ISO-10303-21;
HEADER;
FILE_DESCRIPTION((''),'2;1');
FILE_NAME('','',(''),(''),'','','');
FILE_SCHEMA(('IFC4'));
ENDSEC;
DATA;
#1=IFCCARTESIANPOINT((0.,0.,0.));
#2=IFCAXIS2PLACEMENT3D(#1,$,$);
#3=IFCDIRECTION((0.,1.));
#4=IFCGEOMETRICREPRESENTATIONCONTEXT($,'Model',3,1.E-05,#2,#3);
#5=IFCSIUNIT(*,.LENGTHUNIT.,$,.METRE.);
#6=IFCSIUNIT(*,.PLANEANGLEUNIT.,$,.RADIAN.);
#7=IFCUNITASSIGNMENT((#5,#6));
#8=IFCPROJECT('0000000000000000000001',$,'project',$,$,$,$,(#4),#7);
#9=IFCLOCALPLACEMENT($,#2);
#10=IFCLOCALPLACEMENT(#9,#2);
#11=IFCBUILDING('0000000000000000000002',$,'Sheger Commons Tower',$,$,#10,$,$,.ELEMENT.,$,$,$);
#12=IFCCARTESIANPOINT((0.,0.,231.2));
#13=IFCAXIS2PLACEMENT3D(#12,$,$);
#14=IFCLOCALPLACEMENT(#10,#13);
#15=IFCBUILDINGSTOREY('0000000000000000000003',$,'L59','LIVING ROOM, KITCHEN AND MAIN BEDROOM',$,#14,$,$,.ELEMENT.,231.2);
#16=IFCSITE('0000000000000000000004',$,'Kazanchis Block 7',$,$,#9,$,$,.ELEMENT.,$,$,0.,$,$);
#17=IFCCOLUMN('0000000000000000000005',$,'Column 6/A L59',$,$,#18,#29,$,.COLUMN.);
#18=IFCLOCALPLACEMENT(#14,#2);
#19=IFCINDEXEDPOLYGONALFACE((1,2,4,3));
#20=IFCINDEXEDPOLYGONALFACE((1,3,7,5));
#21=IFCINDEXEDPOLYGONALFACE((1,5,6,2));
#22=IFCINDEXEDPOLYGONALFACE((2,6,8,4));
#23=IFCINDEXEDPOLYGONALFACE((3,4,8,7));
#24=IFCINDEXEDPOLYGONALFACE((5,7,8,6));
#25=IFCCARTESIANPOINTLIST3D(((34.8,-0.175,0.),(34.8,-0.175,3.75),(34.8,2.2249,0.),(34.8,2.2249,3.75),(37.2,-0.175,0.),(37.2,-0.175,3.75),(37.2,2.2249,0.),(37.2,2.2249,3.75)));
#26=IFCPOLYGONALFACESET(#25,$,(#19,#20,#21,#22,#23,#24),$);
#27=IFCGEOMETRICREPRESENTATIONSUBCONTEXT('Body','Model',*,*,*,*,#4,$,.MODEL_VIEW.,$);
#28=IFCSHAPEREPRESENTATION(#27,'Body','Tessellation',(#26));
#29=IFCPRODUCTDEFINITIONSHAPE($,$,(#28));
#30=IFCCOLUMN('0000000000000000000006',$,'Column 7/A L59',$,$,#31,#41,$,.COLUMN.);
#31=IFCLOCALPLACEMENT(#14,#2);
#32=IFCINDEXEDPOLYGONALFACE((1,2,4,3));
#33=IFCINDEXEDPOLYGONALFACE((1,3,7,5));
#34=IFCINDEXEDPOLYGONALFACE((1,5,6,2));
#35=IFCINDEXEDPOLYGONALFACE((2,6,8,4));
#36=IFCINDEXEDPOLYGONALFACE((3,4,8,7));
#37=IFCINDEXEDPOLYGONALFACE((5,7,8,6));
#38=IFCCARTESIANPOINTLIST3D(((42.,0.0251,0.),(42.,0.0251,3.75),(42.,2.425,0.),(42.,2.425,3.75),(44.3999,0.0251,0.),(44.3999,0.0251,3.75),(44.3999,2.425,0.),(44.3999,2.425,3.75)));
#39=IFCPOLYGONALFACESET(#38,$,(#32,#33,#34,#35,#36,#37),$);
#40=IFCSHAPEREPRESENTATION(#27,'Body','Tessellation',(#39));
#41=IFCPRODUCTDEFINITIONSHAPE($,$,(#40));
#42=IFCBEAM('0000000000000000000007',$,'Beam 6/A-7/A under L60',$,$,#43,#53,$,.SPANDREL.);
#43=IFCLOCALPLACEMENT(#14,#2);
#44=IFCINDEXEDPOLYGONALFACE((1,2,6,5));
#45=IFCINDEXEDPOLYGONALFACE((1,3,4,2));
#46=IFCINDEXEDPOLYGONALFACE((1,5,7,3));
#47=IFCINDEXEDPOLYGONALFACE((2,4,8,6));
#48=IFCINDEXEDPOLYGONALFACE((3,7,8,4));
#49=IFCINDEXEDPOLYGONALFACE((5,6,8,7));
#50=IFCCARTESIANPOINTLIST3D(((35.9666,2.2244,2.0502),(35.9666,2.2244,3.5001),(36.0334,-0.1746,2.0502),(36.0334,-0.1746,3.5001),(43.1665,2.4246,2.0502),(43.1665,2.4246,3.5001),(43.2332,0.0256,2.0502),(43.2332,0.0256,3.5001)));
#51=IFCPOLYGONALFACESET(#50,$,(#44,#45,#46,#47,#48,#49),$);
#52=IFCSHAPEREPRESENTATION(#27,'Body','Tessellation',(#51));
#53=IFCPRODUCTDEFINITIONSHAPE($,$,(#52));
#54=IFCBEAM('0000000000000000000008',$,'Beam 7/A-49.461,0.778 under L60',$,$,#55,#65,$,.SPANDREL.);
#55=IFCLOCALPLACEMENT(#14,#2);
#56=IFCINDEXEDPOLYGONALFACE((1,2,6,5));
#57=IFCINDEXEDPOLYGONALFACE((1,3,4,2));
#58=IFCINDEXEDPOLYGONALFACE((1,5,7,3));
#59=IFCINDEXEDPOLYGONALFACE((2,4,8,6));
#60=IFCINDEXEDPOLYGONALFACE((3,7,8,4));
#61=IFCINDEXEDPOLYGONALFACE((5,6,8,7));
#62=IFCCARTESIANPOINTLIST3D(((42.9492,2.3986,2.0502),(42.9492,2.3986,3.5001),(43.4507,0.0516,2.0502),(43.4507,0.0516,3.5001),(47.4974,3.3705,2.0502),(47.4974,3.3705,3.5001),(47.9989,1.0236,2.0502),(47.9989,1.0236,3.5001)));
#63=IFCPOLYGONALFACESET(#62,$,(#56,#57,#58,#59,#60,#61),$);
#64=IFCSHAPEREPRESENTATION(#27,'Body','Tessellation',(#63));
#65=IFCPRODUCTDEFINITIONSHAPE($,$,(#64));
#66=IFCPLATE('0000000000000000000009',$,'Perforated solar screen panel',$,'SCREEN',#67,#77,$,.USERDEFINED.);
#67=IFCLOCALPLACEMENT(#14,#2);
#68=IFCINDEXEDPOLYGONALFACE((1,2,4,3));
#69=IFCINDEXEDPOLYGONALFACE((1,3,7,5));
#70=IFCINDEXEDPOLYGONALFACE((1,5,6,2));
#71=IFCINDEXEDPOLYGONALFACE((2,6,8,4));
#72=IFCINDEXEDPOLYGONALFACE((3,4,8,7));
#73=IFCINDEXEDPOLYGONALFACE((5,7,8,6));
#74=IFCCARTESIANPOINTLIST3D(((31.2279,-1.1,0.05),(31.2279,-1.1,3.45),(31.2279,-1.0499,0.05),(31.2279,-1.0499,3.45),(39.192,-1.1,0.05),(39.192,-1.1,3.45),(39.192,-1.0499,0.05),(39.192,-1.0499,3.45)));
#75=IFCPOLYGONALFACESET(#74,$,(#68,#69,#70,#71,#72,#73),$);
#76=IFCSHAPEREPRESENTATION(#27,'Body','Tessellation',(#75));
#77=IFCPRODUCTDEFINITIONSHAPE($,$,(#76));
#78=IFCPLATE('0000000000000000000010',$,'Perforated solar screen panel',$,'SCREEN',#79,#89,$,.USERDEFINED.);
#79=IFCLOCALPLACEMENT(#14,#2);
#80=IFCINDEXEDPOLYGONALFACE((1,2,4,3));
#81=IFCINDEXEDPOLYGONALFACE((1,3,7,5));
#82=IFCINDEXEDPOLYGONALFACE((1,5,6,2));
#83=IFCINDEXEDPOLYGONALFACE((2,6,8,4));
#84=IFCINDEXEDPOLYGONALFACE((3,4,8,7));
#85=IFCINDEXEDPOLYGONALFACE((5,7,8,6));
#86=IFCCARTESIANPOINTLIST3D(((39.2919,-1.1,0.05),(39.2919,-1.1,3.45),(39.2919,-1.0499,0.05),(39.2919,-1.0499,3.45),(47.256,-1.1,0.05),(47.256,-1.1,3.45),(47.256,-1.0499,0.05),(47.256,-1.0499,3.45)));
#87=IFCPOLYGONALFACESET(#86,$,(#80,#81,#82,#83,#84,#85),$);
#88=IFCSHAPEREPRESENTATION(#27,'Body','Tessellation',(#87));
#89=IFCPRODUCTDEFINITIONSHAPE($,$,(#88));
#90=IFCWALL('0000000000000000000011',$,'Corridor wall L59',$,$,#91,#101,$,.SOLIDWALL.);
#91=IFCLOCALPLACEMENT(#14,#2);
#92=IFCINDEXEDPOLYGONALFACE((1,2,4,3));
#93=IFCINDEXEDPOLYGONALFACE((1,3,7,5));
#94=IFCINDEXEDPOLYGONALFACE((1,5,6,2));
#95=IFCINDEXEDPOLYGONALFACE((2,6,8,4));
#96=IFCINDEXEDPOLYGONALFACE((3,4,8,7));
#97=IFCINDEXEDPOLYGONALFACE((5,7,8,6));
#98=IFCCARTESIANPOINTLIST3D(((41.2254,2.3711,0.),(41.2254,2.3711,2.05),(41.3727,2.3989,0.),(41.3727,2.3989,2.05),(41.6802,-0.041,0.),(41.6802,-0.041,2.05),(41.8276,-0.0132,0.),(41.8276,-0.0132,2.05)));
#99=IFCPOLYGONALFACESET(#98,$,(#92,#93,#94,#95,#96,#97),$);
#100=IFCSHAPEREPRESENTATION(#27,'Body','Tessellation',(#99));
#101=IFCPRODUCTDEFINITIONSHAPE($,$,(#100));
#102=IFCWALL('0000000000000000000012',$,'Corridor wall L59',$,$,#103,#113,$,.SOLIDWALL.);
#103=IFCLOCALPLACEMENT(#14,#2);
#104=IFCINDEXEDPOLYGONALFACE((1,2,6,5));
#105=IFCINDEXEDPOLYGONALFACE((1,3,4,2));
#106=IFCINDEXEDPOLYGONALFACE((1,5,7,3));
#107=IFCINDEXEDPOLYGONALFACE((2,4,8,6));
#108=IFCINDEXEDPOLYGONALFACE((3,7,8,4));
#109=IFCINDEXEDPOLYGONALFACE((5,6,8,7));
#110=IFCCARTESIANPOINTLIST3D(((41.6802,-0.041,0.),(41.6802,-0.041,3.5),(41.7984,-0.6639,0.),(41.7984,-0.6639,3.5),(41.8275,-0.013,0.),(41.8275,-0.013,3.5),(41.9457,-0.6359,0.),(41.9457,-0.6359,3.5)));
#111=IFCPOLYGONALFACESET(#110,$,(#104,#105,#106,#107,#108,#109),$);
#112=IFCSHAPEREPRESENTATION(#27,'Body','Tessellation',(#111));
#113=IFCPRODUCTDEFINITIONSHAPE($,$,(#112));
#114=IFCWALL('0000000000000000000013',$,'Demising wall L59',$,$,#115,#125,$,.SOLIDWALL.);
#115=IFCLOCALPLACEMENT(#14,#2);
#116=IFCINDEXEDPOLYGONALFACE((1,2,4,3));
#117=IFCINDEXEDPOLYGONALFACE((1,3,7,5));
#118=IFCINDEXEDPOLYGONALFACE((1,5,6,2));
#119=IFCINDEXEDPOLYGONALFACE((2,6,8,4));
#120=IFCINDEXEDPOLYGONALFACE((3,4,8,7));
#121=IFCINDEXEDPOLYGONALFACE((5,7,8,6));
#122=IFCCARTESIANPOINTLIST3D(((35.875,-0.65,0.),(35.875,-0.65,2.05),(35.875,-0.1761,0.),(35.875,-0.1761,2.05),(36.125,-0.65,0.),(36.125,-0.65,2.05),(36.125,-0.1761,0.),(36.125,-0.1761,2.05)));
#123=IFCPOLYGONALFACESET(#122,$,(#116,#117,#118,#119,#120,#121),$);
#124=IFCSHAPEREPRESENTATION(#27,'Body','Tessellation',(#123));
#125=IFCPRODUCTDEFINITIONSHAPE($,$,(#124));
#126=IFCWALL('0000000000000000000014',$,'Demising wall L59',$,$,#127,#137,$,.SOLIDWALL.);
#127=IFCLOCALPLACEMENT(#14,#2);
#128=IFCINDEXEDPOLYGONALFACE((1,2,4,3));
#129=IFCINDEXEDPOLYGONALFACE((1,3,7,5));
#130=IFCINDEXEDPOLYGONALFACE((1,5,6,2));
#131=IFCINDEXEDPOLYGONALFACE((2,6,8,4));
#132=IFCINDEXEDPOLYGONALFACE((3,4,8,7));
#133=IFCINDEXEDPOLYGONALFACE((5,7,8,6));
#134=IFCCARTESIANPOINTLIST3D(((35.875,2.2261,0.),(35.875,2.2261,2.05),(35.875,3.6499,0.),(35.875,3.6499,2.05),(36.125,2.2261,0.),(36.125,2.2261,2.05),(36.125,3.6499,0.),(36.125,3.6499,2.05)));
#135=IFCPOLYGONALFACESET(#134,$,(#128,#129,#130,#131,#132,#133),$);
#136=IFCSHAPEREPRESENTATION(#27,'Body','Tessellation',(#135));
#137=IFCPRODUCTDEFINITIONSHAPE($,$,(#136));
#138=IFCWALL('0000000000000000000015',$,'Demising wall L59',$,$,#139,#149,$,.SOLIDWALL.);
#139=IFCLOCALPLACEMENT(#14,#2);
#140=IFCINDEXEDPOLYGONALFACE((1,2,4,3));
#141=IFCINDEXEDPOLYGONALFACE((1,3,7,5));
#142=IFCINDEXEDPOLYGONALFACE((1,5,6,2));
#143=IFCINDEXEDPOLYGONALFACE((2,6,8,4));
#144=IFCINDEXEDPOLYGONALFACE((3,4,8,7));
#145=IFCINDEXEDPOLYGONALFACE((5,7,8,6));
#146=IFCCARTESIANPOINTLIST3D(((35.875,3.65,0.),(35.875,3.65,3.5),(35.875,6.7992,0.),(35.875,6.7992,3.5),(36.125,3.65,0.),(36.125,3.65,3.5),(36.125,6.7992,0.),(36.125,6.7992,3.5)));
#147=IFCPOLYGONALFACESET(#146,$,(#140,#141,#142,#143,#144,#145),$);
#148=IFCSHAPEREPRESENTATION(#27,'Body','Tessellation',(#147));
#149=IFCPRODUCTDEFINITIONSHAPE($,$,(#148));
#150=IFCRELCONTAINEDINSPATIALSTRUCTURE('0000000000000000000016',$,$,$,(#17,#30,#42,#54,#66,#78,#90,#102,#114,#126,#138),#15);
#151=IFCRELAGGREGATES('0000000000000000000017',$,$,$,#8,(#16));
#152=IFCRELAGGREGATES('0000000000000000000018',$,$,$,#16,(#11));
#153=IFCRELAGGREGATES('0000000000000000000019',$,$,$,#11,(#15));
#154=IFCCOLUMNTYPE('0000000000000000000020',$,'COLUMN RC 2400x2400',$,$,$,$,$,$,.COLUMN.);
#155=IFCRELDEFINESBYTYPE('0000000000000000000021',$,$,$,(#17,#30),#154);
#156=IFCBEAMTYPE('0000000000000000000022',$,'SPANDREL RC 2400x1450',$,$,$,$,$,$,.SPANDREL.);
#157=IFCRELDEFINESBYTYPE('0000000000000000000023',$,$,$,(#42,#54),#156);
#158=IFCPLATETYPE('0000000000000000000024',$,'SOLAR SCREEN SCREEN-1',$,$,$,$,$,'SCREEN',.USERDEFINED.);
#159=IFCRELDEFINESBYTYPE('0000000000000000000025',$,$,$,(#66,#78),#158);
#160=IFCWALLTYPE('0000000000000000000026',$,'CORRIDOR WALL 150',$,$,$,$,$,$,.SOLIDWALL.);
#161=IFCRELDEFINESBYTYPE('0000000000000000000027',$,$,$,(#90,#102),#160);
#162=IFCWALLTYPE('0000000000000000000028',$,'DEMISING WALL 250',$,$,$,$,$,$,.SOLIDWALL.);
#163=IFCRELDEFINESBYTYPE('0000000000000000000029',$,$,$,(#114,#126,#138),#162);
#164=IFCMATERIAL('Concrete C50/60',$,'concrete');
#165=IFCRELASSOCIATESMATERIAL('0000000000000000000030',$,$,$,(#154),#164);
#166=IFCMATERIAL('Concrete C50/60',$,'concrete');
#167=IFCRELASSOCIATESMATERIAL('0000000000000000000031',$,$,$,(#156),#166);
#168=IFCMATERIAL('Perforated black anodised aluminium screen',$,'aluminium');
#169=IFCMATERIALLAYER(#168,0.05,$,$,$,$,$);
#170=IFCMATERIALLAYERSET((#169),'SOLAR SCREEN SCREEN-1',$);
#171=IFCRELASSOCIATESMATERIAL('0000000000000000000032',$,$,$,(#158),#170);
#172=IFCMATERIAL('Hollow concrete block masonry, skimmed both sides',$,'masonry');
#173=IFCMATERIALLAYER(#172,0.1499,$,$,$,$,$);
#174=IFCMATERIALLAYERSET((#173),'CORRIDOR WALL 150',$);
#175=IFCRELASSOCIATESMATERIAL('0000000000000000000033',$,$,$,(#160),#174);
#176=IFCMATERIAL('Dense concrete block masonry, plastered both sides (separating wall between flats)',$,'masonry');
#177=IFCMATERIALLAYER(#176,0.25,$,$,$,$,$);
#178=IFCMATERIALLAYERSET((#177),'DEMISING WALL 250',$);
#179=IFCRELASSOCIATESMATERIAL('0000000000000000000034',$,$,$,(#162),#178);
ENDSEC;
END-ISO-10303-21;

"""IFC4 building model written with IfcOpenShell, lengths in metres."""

from ifc_helpers import new_model, si_unit, direction, frame, frame_2d, origin, origin_2d, place, context, subcontext, project, spatial, rectangle, extrude, material, layer, layer_set, material_profile, profile_set, type_object, element, save


model = new_model("IFC4")

# Units and contexts
model_context = context("Model", 3, precision=1e-05, world=origin(), true_north=direction((0.0, 1.0)))
body_context = subcontext(model_context, "Body", "Model", "MODEL_VIEW")
ifc_project = project(units=[si_unit("LENGTHUNIT", "METRE"), si_unit("PLANEANGLEUNIT", "RADIAN")], contexts=[model_context])

# Site, building, storey
site_placement = place(None, origin())
site = spatial("IfcSite", under=ifc_project, at=site_placement, Name="Kazanchis Block 7", CompositionType="ELEMENT", RefElevation=0.0)
building_placement = place(site_placement, origin())
building = spatial("IfcBuilding", under=site, at=building_placement, Name="Sheger Commons Tower", CompositionType="ELEMENT")
storey_placement = place(building_placement, frame((0.0, 0.0, 231.2)))
storey = spatial("IfcBuildingStorey", under=building, at=storey_placement, Name="L59", Description="LIVING ROOM, KITCHEN AND MAIN BEDROOM", CompositionType="ELEMENT", Elevation=231.2)

# Columns
ifc_material_1 = material(Name="Concrete C50/60", Category="concrete")
ifc_material_profile_1 = material_profile(ifc_material_1, rectangle(XDim=2.3999, YDim=2.3999, at=origin_2d()), Name="RC 2400x2400")
ifc_profile_set_1 = profile_set([ifc_material_profile_1], Name="Concrete C50/60")
column_type = type_object("IfcColumnType", Name="COLUMN RC 2400x2400", PredefinedType="COLUMN", material=ifc_profile_set_1)
for number, where, z_axis, x_axis, name in (
    (1, (36.0, 1.0249, 0.0), (0.0, 0.0, 1.0), (1.0, 0.0, 0.0), "Column 6/A L59"),
    (2, (43.2, 1.2251, 0.0), (0.0, 0.0, 1.0), (1.0, 0.0, 0.0), "Column 7/A L59"),
):
    element("IfcColumn", number, at=place(storey_placement, frame(where, z_axis=z_axis, x_axis=x_axis)), inside=storey, type_object=column_type, Name=name, PredefinedType="COLUMN", context=body_context, shape_type="SweptSolid", body=[
        extrude(rectangle(XDim=2.3999, YDim=2.3999, at=origin_2d()), origin(), (0.0, 0.0, 1.0), 3.75),
    ])

# Beams
ifc_material_2 = material(Name="Concrete C50/60", Category="concrete")
ifc_material_profile_2 = material_profile(ifc_material_2, rectangle(XDim=2.3999, YDim=1.45, at=origin_2d()), Name="RC 2400x1450")
ifc_profile_set_2 = profile_set([ifc_material_profile_2], Name="Concrete C50/60")
beam_type = type_object("IfcBeamType", Name="SPANDREL RC 2400x1450", PredefinedType="SPANDREL", material=ifc_profile_set_2)
beam_1_placement = place(storey_placement, frame((36.0, 1.0249, 2.7751), z_axis=(0.999614, 0.027794, 0.0), x_axis=(-0.027794, 0.999614, 0.0)))
element("IfcBeam", 3, at=beam_1_placement, inside=storey, type_object=beam_type, Name="Beam 6/A-7/A under L60", PredefinedType="SPANDREL", context=body_context, shape_type="SweptSolid", body=[
    extrude(rectangle(XDim=2.3999, YDim=1.45, at=origin_2d()), origin(), (0.0, 0.0, 1.0), 7.2026),
])
beam_2_placement = place(storey_placement, frame((43.2, 1.2251, 2.7751), z_axis=(0.97792, 0.208981, 0.0), x_axis=(-0.208981, 0.97792, 0.0)))
element("IfcBeam", 4, at=beam_2_placement, inside=storey, type_object=beam_type, Name="Beam 7/A-49.461,0.778 under L60", PredefinedType="SPANDREL", context=body_context, shape_type="SweptSolid", body=[
    extrude(rectangle(XDim=2.3999, YDim=1.45, at=origin_2d()), origin(), (0.0, 0.0, 1.0), 4.6509),
])

# Plates
ifc_material_3 = material(Name="Perforated black anodised aluminium screen", Category="aluminium")
ifc_layer_1 = layer(ifc_material_3, 0.05)
ifc_layer_set_1 = layer_set([ifc_layer_1], Name="SOLAR SCREEN SCREEN-1")
plate_type = type_object("IfcPlateType", Name="SOLAR SCREEN SCREEN-1", ElementType="SCREEN", PredefinedType="USERDEFINED", material=ifc_layer_set_1)
for number, where, z_axis, x_axis, name in (
    (5, (35.21, -1.075, 0.05), (0.0, 0.0, 1.0), (1.0, 0.0, 0.0), "Perforated solar screen panel"),
    (6, (43.2739, -1.075, 0.05), (0.0, 0.0, 1.0), (1.0, 0.0, 0.0), "Perforated solar screen panel"),
):
    element("IfcPlate", number, at=place(storey_placement, frame(where, z_axis=z_axis, x_axis=x_axis)), inside=storey, type_object=plate_type, Name=name, ObjectType="SCREEN", PredefinedType="USERDEFINED", context=body_context, shape_type="SweptSolid", body=[
        extrude(rectangle(XDim=7.9641, YDim=0.05, at=origin_2d()), origin(), (0.0, 0.0, 1.0), 3.3999),
    ])

# Walls
ifc_material_4 = material(Name="Hollow concrete block masonry, skimmed both sides", Category="masonry")
ifc_layer_2 = layer(ifc_material_4, 0.1499)
ifc_layer_set_2 = layer_set([ifc_layer_2], Name="CORRIDOR WALL 150")
wall_type_1 = type_object("IfcWallType", Name="CORRIDOR WALL 150", PredefinedType="SOLIDWALL", material=ifc_layer_set_2)
wall_1_placement = place(storey_placement, frame((41.2991, 2.385, 0.0), z_axis=(0.0, 0.0, 1.0), x_axis=(0.185297, -0.982683, 0.0)))
element("IfcWall", 7, at=wall_1_placement, inside=storey, type_object=wall_type_1, Name="Corridor wall L59", PredefinedType="SOLIDWALL", context=body_context, shape_type="SweptSolid", body=[
    extrude(rectangle(XDim=2.4546, YDim=0.1499, at=frame_2d((1.2273, 0.0))), origin(), (0.0, 0.0, 1.0), 2.05),
])
wall_2_placement = place(storey_placement, frame((41.7539, -0.0271, 0.0), z_axis=(0.0, 0.0, 1.0), x_axis=(0.186404, -0.982473, 0.0)))
element("IfcWall", 8, at=wall_2_placement, inside=storey, type_object=wall_type_1, Name="Corridor wall L59", PredefinedType="SOLIDWALL", context=body_context, shape_type="SweptSolid", body=[
    extrude(rectangle(XDim=0.634, YDim=0.1499, at=frame_2d((0.3169, 0.0))), origin(), (0.0, 0.0, 1.0), 3.5),
])
ifc_material_5 = material(Name="Dense concrete block masonry, plastered both sides (separating wall between flats)", Category="masonry")
ifc_layer_3 = layer(ifc_material_5, 0.25)
ifc_layer_set_3 = layer_set([ifc_layer_3], Name="DEMISING WALL 250")
wall_type_2 = type_object("IfcWallType", Name="DEMISING WALL 250", PredefinedType="SOLIDWALL", material=ifc_layer_set_3)
wall_3_placement = place(storey_placement, frame((36.0, -0.6499, 0.0), z_axis=(0.0, 0.0, 1.0), x_axis=(0.0, 1.0, 0.0)))
element("IfcWall", 9, at=wall_3_placement, inside=storey, type_object=wall_type_2, Name="Demising wall L59", PredefinedType="SOLIDWALL", context=body_context, shape_type="SweptSolid", body=[
    extrude(rectangle(XDim=0.4739, YDim=0.25, at=frame_2d((0.2368, 0.0))), origin(), (0.0, 0.0, 1.0), 2.05),
])
wall_4_placement = place(storey_placement, frame((36.0, 2.2261, 0.0), z_axis=(0.0, 0.0, 1.0), x_axis=(0.0, 1.0, 0.0)))
element("IfcWall", 10, at=wall_4_placement, inside=storey, type_object=wall_type_2, Name="Demising wall L59", PredefinedType="SOLIDWALL", context=body_context, shape_type="SweptSolid", body=[
    extrude(rectangle(XDim=1.4238, YDim=0.25, at=frame_2d((0.7119, 0.0))), origin(), (0.0, 0.0, 1.0), 2.05),
])
wall_5_placement = place(storey_placement, frame((36.0, 3.6499, 0.0), z_axis=(0.0, 0.0, 1.0), x_axis=(0.0, 1.0, 0.0)))
element("IfcWall", 11, at=wall_5_placement, inside=storey, type_object=wall_type_2, Name="Demising wall L59", PredefinedType="SOLIDWALL", context=body_context, shape_type="SweptSolid", body=[
    extrude(rectangle(XDim=3.1492, YDim=0.25, at=frame_2d((1.5747, 0.0))), origin(), (0.0, 0.0, 1.0), 3.5),
])

save(model, "model.ifc")
